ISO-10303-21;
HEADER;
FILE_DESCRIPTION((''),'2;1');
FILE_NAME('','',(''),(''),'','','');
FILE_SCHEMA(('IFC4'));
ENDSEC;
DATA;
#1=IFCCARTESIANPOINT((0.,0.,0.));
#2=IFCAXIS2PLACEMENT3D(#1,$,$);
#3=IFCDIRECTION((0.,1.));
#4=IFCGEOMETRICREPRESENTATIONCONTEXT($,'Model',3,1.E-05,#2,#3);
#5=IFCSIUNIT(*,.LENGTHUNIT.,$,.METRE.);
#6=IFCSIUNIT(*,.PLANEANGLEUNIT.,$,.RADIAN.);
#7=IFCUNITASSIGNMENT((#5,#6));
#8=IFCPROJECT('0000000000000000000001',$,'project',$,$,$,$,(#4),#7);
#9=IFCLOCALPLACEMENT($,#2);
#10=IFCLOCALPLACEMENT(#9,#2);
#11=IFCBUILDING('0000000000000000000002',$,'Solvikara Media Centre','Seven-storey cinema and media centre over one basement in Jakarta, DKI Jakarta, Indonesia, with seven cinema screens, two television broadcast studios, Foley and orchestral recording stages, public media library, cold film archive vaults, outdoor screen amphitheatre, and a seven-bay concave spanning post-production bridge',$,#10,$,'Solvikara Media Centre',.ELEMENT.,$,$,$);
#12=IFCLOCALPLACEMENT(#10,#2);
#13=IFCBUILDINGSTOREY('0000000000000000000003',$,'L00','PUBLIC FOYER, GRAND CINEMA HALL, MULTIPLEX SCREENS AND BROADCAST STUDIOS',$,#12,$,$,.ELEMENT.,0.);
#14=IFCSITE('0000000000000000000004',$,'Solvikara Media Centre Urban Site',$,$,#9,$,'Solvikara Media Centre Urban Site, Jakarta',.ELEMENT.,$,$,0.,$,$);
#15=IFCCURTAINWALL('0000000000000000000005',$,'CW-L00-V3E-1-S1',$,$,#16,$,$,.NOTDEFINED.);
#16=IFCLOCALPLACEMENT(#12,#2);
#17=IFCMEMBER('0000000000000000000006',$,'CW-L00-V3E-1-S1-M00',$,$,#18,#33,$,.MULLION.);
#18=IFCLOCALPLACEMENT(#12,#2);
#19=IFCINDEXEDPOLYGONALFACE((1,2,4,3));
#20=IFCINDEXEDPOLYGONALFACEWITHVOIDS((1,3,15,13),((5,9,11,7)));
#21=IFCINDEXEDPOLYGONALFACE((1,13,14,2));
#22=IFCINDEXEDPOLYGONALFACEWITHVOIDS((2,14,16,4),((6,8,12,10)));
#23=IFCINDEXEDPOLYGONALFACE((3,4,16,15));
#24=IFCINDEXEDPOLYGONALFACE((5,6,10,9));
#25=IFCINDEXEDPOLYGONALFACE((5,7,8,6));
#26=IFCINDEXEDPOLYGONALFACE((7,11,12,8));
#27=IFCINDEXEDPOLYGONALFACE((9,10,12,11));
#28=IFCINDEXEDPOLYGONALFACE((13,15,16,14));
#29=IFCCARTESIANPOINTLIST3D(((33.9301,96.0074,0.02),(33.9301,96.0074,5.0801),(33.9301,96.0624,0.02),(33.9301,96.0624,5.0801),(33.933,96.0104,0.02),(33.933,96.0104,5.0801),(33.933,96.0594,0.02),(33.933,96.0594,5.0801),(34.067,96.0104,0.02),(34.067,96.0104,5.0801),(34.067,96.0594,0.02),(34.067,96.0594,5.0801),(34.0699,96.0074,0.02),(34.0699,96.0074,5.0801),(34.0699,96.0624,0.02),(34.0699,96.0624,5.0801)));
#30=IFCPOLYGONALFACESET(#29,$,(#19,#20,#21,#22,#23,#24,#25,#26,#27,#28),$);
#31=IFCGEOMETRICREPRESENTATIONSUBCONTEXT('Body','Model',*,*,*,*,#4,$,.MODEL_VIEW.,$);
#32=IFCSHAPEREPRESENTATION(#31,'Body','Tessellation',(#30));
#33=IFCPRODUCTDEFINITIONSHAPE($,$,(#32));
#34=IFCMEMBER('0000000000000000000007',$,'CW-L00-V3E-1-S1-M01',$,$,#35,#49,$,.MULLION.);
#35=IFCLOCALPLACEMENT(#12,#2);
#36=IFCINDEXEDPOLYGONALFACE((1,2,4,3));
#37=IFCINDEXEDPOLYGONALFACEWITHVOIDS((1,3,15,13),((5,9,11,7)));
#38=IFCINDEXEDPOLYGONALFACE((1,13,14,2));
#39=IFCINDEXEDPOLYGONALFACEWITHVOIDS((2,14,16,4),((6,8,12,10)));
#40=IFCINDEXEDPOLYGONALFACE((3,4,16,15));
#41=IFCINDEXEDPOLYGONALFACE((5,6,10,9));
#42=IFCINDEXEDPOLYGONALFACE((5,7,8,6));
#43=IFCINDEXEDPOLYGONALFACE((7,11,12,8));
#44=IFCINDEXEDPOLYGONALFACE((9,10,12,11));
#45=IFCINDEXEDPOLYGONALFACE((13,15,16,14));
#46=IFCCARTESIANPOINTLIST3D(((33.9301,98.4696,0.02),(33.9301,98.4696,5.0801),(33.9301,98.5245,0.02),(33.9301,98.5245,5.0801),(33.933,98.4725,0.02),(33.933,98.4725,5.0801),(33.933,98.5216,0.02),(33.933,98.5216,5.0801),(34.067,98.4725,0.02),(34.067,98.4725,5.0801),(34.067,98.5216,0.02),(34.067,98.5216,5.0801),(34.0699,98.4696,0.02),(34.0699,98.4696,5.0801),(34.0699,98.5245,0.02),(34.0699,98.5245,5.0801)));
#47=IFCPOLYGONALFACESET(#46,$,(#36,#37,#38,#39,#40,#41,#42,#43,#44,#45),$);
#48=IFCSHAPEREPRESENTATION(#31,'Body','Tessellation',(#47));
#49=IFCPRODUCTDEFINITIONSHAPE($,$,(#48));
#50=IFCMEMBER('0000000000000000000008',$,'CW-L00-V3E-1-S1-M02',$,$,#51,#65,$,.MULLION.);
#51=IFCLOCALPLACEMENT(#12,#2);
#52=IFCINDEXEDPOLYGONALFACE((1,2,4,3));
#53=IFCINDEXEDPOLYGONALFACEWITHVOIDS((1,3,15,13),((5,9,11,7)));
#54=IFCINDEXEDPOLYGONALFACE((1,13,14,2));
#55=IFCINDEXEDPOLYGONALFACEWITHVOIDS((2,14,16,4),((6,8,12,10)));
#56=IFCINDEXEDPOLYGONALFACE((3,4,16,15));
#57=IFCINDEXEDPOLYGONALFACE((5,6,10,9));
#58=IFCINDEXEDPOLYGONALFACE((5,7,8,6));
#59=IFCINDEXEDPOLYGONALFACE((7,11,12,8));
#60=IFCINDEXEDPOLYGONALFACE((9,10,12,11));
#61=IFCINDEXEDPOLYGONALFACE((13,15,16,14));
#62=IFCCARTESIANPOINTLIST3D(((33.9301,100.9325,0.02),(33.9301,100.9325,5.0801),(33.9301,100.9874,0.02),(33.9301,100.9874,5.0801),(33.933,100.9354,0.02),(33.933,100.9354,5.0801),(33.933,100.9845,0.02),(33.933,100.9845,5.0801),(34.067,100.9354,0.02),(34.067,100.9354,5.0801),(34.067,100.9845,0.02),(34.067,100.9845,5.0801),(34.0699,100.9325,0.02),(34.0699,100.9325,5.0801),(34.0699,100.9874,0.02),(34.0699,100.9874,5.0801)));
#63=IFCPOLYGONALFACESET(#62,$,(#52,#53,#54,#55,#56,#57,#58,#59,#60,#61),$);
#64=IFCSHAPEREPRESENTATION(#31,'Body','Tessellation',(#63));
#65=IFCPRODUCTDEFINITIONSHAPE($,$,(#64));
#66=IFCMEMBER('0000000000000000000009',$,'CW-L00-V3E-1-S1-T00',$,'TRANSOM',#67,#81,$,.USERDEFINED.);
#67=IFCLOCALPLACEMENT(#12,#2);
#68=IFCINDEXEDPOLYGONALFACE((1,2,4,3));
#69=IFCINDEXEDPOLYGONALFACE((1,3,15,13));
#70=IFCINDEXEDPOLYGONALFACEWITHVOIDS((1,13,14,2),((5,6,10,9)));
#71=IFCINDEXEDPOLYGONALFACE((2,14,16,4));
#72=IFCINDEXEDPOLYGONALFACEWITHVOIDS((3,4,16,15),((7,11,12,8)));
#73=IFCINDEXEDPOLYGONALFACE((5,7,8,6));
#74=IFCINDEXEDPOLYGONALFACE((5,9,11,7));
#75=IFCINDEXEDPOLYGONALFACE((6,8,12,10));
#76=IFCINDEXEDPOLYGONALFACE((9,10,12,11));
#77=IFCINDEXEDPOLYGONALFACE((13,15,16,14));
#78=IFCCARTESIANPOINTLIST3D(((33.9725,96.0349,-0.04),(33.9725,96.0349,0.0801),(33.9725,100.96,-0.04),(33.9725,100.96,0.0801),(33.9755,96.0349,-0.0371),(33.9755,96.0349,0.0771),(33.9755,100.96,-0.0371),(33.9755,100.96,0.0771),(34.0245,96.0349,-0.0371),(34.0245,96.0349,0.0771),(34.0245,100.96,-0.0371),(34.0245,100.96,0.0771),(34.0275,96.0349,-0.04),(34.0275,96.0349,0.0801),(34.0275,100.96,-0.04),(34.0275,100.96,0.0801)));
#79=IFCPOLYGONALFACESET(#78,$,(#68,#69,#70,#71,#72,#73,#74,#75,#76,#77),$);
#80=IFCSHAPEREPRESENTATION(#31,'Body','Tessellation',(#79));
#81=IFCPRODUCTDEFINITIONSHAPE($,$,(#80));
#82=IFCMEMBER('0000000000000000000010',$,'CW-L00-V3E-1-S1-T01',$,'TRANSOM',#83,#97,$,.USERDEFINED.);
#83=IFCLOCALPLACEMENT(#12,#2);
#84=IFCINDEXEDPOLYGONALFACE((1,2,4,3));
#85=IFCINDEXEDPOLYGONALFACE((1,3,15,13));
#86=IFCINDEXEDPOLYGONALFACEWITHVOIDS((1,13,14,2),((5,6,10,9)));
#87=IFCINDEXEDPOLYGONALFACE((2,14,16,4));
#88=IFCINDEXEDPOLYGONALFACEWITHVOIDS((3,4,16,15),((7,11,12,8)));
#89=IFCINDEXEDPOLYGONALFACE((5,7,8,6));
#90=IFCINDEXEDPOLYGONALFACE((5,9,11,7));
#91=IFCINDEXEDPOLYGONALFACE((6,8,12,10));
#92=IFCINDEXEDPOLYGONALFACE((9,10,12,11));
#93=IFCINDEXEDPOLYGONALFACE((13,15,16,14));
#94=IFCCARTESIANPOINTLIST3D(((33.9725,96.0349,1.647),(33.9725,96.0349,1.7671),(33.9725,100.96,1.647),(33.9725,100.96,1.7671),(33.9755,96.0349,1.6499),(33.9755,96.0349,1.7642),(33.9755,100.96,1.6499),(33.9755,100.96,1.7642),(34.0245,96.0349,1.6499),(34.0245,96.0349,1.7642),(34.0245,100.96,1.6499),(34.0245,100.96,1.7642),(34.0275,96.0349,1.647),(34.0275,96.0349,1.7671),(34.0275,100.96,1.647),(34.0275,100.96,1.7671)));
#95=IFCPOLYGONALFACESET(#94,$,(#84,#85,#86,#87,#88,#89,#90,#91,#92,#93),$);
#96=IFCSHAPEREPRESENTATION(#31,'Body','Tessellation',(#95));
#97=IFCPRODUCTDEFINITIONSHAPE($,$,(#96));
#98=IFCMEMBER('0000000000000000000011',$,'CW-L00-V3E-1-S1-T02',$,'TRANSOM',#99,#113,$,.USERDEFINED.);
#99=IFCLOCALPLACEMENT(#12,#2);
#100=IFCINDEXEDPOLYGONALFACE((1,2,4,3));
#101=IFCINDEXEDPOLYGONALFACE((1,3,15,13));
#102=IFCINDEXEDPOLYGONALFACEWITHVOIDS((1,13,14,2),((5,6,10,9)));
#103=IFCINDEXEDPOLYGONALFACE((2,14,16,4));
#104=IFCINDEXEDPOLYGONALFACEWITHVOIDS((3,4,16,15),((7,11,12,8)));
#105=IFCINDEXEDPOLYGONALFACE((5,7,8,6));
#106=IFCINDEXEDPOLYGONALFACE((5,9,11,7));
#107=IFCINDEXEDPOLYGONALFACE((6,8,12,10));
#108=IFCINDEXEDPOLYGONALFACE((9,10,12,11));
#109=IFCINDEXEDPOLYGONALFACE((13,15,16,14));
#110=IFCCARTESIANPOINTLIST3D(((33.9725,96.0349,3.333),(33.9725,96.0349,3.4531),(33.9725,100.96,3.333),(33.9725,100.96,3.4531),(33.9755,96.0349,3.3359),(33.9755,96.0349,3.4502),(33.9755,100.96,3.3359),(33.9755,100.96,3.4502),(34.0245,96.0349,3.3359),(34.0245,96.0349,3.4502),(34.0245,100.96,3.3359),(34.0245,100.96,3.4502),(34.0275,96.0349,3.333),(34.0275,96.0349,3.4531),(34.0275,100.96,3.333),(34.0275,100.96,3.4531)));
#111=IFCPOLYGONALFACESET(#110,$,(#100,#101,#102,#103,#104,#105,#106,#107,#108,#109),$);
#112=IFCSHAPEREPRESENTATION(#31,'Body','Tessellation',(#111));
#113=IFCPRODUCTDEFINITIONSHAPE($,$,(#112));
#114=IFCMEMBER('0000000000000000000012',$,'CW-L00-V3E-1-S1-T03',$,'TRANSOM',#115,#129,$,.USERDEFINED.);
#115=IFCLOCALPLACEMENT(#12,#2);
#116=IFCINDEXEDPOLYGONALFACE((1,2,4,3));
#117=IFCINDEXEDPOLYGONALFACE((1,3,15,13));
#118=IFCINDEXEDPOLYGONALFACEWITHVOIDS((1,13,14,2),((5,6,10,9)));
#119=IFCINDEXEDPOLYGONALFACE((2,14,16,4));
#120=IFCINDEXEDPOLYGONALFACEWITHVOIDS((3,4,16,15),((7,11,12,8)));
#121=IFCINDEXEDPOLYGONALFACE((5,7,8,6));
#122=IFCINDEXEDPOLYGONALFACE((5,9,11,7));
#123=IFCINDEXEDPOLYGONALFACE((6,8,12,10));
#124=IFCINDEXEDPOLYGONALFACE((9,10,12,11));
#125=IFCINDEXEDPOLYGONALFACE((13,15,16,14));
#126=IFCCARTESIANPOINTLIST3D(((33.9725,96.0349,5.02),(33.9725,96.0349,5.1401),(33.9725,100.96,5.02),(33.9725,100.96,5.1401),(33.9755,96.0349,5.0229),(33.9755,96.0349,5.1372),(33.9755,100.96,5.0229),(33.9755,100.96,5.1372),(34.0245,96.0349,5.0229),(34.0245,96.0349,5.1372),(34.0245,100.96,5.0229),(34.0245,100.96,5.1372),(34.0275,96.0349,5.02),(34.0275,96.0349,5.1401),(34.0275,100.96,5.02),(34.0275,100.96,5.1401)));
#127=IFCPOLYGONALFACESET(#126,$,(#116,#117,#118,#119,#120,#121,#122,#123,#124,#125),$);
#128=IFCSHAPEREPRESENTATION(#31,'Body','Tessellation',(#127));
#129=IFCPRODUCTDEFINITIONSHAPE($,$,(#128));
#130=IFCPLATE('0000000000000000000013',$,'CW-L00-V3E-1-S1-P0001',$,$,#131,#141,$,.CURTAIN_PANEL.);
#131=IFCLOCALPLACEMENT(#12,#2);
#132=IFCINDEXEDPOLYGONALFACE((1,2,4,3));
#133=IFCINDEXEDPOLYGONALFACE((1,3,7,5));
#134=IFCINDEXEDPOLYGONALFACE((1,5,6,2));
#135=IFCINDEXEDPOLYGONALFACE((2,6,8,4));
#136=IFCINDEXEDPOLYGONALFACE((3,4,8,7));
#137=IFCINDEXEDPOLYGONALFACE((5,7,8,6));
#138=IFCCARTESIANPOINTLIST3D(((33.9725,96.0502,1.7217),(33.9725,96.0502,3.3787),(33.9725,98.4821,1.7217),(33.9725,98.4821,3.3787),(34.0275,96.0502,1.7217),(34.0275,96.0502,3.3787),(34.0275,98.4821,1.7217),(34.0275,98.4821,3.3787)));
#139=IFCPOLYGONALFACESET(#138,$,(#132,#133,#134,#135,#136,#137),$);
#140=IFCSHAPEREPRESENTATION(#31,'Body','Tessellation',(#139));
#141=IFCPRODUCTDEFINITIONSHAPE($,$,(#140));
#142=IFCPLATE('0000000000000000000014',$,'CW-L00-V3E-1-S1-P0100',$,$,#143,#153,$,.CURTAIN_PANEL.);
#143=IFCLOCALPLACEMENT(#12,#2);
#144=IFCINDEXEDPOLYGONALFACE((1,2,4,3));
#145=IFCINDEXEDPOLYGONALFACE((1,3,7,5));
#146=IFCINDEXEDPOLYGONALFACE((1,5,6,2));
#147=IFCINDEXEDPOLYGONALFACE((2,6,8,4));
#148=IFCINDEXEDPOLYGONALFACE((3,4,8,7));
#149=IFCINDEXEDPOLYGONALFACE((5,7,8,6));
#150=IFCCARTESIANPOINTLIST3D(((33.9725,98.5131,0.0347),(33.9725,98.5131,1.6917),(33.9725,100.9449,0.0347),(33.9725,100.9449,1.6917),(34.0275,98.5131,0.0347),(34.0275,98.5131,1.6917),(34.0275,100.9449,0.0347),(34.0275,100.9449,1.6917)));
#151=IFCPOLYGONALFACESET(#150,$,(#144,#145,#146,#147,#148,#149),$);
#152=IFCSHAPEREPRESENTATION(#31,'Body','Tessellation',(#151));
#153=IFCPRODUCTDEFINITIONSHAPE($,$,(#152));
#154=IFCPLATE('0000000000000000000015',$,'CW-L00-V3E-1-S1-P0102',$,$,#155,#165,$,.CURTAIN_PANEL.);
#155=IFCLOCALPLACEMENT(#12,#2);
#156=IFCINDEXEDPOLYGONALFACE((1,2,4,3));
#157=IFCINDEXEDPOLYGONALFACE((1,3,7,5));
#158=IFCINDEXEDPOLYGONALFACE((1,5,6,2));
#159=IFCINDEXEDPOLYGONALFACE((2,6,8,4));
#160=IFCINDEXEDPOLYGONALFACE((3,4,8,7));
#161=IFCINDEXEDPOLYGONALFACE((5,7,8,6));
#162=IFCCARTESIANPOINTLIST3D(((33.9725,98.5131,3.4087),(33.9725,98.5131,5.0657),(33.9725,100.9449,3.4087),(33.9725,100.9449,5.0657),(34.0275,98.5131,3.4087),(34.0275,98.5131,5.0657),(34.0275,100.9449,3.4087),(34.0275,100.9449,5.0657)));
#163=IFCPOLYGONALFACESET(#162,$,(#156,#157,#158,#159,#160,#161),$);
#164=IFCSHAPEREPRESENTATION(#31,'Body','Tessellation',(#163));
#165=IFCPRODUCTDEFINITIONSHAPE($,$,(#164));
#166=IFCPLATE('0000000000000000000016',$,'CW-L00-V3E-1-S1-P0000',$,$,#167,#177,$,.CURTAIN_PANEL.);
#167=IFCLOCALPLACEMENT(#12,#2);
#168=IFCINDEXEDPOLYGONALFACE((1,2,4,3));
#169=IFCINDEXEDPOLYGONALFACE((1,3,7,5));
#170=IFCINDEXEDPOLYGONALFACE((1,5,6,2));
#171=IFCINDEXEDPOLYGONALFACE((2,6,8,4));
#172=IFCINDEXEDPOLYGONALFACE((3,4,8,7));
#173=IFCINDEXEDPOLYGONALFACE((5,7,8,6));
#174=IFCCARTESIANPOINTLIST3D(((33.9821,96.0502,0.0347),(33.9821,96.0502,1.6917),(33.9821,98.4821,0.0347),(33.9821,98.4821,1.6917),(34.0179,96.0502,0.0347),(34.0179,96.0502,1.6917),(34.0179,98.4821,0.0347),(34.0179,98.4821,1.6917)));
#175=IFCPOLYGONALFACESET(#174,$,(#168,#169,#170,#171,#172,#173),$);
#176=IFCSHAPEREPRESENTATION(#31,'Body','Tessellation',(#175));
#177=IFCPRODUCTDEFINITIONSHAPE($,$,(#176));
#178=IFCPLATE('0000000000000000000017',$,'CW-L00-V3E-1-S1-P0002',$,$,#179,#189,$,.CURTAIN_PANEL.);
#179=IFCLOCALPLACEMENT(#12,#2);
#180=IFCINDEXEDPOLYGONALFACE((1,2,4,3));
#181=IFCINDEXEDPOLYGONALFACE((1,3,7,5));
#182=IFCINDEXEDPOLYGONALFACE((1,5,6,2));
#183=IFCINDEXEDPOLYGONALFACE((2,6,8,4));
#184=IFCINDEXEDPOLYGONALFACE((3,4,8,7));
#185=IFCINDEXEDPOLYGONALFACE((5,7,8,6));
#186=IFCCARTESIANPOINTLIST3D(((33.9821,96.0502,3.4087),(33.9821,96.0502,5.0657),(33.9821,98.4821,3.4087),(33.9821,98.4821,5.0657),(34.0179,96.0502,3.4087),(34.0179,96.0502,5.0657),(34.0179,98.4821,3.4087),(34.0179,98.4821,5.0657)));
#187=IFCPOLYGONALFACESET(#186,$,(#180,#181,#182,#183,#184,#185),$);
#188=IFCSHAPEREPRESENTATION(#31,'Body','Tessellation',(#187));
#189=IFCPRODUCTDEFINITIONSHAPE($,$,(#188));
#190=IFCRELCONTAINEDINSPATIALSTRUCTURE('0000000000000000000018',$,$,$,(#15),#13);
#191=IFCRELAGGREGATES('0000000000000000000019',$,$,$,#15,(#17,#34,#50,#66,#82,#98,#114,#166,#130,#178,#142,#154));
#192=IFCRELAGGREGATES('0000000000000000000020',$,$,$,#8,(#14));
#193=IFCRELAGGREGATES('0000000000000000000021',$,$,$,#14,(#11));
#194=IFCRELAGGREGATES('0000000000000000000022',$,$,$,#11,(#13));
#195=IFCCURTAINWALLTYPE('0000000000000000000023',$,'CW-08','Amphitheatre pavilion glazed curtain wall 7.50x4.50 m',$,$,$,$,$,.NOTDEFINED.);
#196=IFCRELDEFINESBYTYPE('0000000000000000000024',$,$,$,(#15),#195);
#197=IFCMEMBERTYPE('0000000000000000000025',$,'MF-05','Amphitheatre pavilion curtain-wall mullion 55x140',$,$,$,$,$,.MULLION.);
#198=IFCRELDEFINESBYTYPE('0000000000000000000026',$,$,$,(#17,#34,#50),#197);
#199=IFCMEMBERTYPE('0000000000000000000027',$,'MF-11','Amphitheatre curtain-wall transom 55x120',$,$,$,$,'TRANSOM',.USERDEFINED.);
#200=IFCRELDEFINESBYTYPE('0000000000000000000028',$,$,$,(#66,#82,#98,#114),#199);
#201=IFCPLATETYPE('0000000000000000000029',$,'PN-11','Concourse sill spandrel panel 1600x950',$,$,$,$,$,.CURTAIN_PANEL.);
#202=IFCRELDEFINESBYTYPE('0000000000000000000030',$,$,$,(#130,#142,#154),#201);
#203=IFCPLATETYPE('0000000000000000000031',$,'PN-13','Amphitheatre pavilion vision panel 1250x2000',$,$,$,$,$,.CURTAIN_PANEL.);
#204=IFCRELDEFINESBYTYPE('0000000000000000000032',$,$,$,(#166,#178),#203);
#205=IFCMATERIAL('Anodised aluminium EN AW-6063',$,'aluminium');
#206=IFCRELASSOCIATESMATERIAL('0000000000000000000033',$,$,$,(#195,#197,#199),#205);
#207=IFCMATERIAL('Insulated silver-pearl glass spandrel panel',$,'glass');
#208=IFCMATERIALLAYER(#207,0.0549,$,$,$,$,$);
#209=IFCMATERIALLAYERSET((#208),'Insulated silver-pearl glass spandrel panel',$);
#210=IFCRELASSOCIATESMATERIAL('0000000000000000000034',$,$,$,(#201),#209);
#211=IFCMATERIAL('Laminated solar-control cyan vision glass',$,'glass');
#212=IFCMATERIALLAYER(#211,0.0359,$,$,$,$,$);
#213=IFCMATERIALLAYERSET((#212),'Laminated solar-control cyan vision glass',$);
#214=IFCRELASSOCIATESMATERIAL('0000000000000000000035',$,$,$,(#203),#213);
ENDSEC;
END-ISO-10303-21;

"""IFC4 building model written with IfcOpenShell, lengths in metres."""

from ifc_helpers import new_model, si_unit, direction, frame, origin, origin_2d, place, context, subcontext, project, spatial, rectangle, hollow_rectangle, extrude, material, layer, layer_set, material_profile, profile_set, type_object, element, aggregate, save


model = new_model("IFC4")

# Units and contexts
model_context = context("Model", 3, precision=1e-05, world=origin(), true_north=direction((0.0, 1.0)))
body_context = subcontext(model_context, "Body", "Model", "MODEL_VIEW")
ifc_project = project(units=[si_unit("LENGTHUNIT", "METRE"), si_unit("PLANEANGLEUNIT", "RADIAN")], contexts=[model_context])

# Site, building, storey
site_placement = place(None, origin())
site = spatial("IfcSite", under=ifc_project, at=site_placement, Name="Solvikara Media Centre Urban Site", LongName="Solvikara Media Centre Urban Site, Jakarta", CompositionType="ELEMENT", RefElevation=0.0)
building_placement = place(site_placement, origin())
building = spatial("IfcBuilding", under=site, at=building_placement, Name="Solvikara Media Centre", Description="Seven-storey cinema and media centre over one basement in Jakarta, DKI Jakarta, Indonesia, with seven cinema screens, two television broadcast studios, Foley and orchestral recording stages, public media library, cold film archive vaults, outdoor screen amphitheatre, and a seven-bay concave spanning post-production bridge", LongName="Solvikara Media Centre", CompositionType="ELEMENT")
storey_placement = place(building_placement, origin())
storey = spatial("IfcBuildingStorey", under=building, at=storey_placement, Name="L00", Description="PUBLIC FOYER, GRAND CINEMA HALL, MULTIPLEX SCREENS AND BROADCAST STUDIOS", CompositionType="ELEMENT", Elevation=0.0)

# Curtain wall, members, plates
ifc_material_1 = material(Name="Anodised aluminium EN AW-6063", Category="aluminium")
curtain_wall_type = type_object("IfcCurtainWallType", Name="CW-08", Description="Amphitheatre pavilion glazed curtain wall 7.50x4.50 m", PredefinedType="NOTDEFINED", material=ifc_material_1)
curtain_wall_placement = place(storey_placement, origin())
curtain_wall = element("IfcCurtainWall", 1, at=curtain_wall_placement, inside=storey, type_object=curtain_wall_type, Name="CW-L00-V3E-1-S1", PredefinedType="NOTDEFINED")
ifc_material_profile_1 = material_profile(ifc_material_1, hollow_rectangle(XDim=0.0549, YDim=0.1399, WallThickness=0.0029, at=origin_2d()), Name="ALU-M 55x140x3")
ifc_profile_set_1 = profile_set([ifc_material_profile_1], Name="Anodised aluminium EN AW-6063")
member_type_1 = type_object("IfcMemberType", Name="MF-05", Description="Amphitheatre pavilion curtain-wall mullion 55x140", PredefinedType="MULLION", material=ifc_profile_set_1)
member_1_placement = place(storey_placement, frame((34.0, 96.0349, 0.02), z_axis=(0.0, 0.0, 1.0), x_axis=(0.0, 1.0, 0.0)))
member_1 = element("IfcMember", 2, at=member_1_placement, type_object=member_type_1, Name="CW-L00-V3E-1-S1-M00", PredefinedType="MULLION", context=body_context, shape_type="SweptSolid", body=[
    extrude(hollow_rectangle(XDim=0.0549, YDim=0.1399, WallThickness=0.0029, at=origin_2d()), origin(), (0.0, 0.0, 1.0), 5.0601),
])
member_2_placement = place(storey_placement, frame((34.0, 98.4971, 0.02), z_axis=(0.0, 0.0, 1.0), x_axis=(0.0, 1.0, 0.0)))
member_2 = element("IfcMember", 3, at=member_2_placement, type_object=member_type_1, Name="CW-L00-V3E-1-S1-M01", PredefinedType="MULLION", context=body_context, shape_type="SweptSolid", body=[
    extrude(hollow_rectangle(XDim=0.0549, YDim=0.1399, WallThickness=0.0029, at=origin_2d()), origin(), (0.0, 0.0, 1.0), 5.0601),
])
member_3_placement = place(storey_placement, frame((34.0, 100.96, 0.02), z_axis=(0.0, 0.0, 1.0), x_axis=(0.0, 1.0, 0.0)))
member_3 = element("IfcMember", 4, at=member_3_placement, type_object=member_type_1, Name="CW-L00-V3E-1-S1-M02", PredefinedType="MULLION", context=body_context, shape_type="SweptSolid", body=[
    extrude(hollow_rectangle(XDim=0.0549, YDim=0.1399, WallThickness=0.0029, at=origin_2d()), origin(), (0.0, 0.0, 1.0), 5.0601),
])
ifc_material_profile_2 = material_profile(ifc_material_1, hollow_rectangle(XDim=0.0549, YDim=0.1201, WallThickness=0.0029, at=origin_2d()), Name="ALU-T 55x120x3")
ifc_profile_set_2 = profile_set([ifc_material_profile_2], Name="Anodised aluminium EN AW-6063")
member_type_2 = type_object("IfcMemberType", Name="MF-11", Description="Amphitheatre curtain-wall transom 55x120", ElementType="TRANSOM", PredefinedType="USERDEFINED", material=ifc_profile_set_2)
member_4_placement = place(storey_placement, frame((34.0, 96.0349, 0.02), z_axis=(0.0, 1.0, 0.0), x_axis=(-1.0, 0.0, 0.0)))
member_4 = element("IfcMember", 5, at=member_4_placement, type_object=member_type_2, Name="CW-L00-V3E-1-S1-T00", ObjectType="TRANSOM", PredefinedType="USERDEFINED", context=body_context, shape_type="SweptSolid", body=[
    extrude(hollow_rectangle(XDim=0.0549, YDim=0.1201, WallThickness=0.0029, at=origin_2d()), origin(), (0.0, 0.0, 1.0), 4.925),
])
member_5_placement = place(storey_placement, frame((34.0, 96.0349, 1.707), z_axis=(0.0, 1.0, 0.0), x_axis=(-1.0, 0.0, 0.0)))
member_5 = element("IfcMember", 6, at=member_5_placement, type_object=member_type_2, Name="CW-L00-V3E-1-S1-T01", ObjectType="TRANSOM", PredefinedType="USERDEFINED", context=body_context, shape_type="SweptSolid", body=[
    extrude(hollow_rectangle(XDim=0.0549, YDim=0.1201, WallThickness=0.0029, at=origin_2d()), origin(), (0.0, 0.0, 1.0), 4.925),
])
member_6_placement = place(storey_placement, frame((34.0, 96.0349, 3.3931), z_axis=(0.0, 1.0, 0.0), x_axis=(-1.0, 0.0, 0.0)))
member_6 = element("IfcMember", 7, at=member_6_placement, type_object=member_type_2, Name="CW-L00-V3E-1-S1-T02", ObjectType="TRANSOM", PredefinedType="USERDEFINED", context=body_context, shape_type="SweptSolid", body=[
    extrude(hollow_rectangle(XDim=0.0549, YDim=0.1201, WallThickness=0.0029, at=origin_2d()), origin(), (0.0, 0.0, 1.0), 4.925),
])
member_7_placement = place(storey_placement, frame((34.0, 96.0349, 5.0801), z_axis=(0.0, 1.0, 0.0), x_axis=(-1.0, 0.0, 0.0)))
member_7 = element("IfcMember", 8, at=member_7_placement, type_object=member_type_2, Name="CW-L00-V3E-1-S1-T03", ObjectType="TRANSOM", PredefinedType="USERDEFINED", context=body_context, shape_type="SweptSolid", body=[
    extrude(hollow_rectangle(XDim=0.0549, YDim=0.1201, WallThickness=0.0029, at=origin_2d()), origin(), (0.0, 0.0, 1.0), 4.925),
])
ifc_material_2 = material(Name="Insulated silver-pearl glass spandrel panel", Category="glass")
ifc_layer_1 = layer(ifc_material_2, 0.0549)
ifc_layer_set_1 = layer_set([ifc_layer_1], Name="Insulated silver-pearl glass spandrel panel")
plate_type_1 = type_object("IfcPlateType", Name="PN-11", Description="Concourse sill spandrel panel 1600x950", PredefinedType="CURTAIN_PANEL", material=ifc_layer_set_1)
plate_1_placement = place(storey_placement, frame((34.0, 97.2661, 1.7217), z_axis=(0.0, 0.0, 1.0), x_axis=(0.0, 1.0, 0.0)))
plate_1 = element("IfcPlate", 9, at=plate_1_placement, type_object=plate_type_1, Name="CW-L00-V3E-1-S1-P0001", PredefinedType="CURTAIN_PANEL", context=body_context, shape_type="SweptSolid", body=[
    extrude(rectangle(XDim=2.4319, YDim=0.0549, at=origin_2d()), origin(), (0.0, 0.0, 1.0), 1.657),
])
plate_2_placement = place(storey_placement, frame((34.0, 99.729, 0.0347), z_axis=(0.0, 0.0, 1.0), x_axis=(0.0, 1.0, 0.0)))
plate_2 = element("IfcPlate", 10, at=plate_2_placement, type_object=plate_type_1, Name="CW-L00-V3E-1-S1-P0100", PredefinedType="CURTAIN_PANEL", context=body_context, shape_type="SweptSolid", body=[
    extrude(rectangle(XDim=2.4319, YDim=0.0549, at=origin_2d()), origin(), (0.0, 0.0, 1.0), 1.657),
])
plate_3_placement = place(storey_placement, frame((34.0, 99.729, 3.4087), z_axis=(0.0, 0.0, 1.0), x_axis=(0.0, 1.0, 0.0)))
plate_3 = element("IfcPlate", 11, at=plate_3_placement, type_object=plate_type_1, Name="CW-L00-V3E-1-S1-P0102", PredefinedType="CURTAIN_PANEL", context=body_context, shape_type="SweptSolid", body=[
    extrude(rectangle(XDim=2.4319, YDim=0.0549, at=origin_2d()), origin(), (0.0, 0.0, 1.0), 1.657),
])
ifc_material_3 = material(Name="Laminated solar-control cyan vision glass", Category="glass")
ifc_layer_2 = layer(ifc_material_3, 0.0359)
ifc_layer_set_2 = layer_set([ifc_layer_2], Name="Laminated solar-control cyan vision glass")
plate_type_2 = type_object("IfcPlateType", Name="PN-13", Description="Amphitheatre pavilion vision panel 1250x2000", PredefinedType="CURTAIN_PANEL", material=ifc_layer_set_2)
plate_4_placement = place(storey_placement, frame((34.0, 97.2661, 0.0347), z_axis=(0.0, 0.0, 1.0), x_axis=(0.0, 1.0, 0.0)))
plate_4 = element("IfcPlate", 12, at=plate_4_placement, type_object=plate_type_2, Name="CW-L00-V3E-1-S1-P0000", PredefinedType="CURTAIN_PANEL", context=body_context, shape_type="SweptSolid", body=[
    extrude(rectangle(XDim=2.4319, YDim=0.0359, at=origin_2d()), origin(), (0.0, 0.0, 1.0), 1.657),
])
plate_5_placement = place(storey_placement, frame((34.0, 97.2661, 3.4087), z_axis=(0.0, 0.0, 1.0), x_axis=(0.0, 1.0, 0.0)))
plate_5 = element("IfcPlate", 13, at=plate_5_placement, type_object=plate_type_2, Name="CW-L00-V3E-1-S1-P0002", PredefinedType="CURTAIN_PANEL", context=body_context, shape_type="SweptSolid", body=[
    extrude(rectangle(XDim=2.4319, YDim=0.0359, at=origin_2d()), origin(), (0.0, 0.0, 1.0), 1.657),
])
aggregate(curtain_wall, [member_1, member_2, member_3, member_4, member_5, member_6, member_7, plate_4, plate_1, plate_5, plate_2, plate_3])

save(model, "model.ifc")
